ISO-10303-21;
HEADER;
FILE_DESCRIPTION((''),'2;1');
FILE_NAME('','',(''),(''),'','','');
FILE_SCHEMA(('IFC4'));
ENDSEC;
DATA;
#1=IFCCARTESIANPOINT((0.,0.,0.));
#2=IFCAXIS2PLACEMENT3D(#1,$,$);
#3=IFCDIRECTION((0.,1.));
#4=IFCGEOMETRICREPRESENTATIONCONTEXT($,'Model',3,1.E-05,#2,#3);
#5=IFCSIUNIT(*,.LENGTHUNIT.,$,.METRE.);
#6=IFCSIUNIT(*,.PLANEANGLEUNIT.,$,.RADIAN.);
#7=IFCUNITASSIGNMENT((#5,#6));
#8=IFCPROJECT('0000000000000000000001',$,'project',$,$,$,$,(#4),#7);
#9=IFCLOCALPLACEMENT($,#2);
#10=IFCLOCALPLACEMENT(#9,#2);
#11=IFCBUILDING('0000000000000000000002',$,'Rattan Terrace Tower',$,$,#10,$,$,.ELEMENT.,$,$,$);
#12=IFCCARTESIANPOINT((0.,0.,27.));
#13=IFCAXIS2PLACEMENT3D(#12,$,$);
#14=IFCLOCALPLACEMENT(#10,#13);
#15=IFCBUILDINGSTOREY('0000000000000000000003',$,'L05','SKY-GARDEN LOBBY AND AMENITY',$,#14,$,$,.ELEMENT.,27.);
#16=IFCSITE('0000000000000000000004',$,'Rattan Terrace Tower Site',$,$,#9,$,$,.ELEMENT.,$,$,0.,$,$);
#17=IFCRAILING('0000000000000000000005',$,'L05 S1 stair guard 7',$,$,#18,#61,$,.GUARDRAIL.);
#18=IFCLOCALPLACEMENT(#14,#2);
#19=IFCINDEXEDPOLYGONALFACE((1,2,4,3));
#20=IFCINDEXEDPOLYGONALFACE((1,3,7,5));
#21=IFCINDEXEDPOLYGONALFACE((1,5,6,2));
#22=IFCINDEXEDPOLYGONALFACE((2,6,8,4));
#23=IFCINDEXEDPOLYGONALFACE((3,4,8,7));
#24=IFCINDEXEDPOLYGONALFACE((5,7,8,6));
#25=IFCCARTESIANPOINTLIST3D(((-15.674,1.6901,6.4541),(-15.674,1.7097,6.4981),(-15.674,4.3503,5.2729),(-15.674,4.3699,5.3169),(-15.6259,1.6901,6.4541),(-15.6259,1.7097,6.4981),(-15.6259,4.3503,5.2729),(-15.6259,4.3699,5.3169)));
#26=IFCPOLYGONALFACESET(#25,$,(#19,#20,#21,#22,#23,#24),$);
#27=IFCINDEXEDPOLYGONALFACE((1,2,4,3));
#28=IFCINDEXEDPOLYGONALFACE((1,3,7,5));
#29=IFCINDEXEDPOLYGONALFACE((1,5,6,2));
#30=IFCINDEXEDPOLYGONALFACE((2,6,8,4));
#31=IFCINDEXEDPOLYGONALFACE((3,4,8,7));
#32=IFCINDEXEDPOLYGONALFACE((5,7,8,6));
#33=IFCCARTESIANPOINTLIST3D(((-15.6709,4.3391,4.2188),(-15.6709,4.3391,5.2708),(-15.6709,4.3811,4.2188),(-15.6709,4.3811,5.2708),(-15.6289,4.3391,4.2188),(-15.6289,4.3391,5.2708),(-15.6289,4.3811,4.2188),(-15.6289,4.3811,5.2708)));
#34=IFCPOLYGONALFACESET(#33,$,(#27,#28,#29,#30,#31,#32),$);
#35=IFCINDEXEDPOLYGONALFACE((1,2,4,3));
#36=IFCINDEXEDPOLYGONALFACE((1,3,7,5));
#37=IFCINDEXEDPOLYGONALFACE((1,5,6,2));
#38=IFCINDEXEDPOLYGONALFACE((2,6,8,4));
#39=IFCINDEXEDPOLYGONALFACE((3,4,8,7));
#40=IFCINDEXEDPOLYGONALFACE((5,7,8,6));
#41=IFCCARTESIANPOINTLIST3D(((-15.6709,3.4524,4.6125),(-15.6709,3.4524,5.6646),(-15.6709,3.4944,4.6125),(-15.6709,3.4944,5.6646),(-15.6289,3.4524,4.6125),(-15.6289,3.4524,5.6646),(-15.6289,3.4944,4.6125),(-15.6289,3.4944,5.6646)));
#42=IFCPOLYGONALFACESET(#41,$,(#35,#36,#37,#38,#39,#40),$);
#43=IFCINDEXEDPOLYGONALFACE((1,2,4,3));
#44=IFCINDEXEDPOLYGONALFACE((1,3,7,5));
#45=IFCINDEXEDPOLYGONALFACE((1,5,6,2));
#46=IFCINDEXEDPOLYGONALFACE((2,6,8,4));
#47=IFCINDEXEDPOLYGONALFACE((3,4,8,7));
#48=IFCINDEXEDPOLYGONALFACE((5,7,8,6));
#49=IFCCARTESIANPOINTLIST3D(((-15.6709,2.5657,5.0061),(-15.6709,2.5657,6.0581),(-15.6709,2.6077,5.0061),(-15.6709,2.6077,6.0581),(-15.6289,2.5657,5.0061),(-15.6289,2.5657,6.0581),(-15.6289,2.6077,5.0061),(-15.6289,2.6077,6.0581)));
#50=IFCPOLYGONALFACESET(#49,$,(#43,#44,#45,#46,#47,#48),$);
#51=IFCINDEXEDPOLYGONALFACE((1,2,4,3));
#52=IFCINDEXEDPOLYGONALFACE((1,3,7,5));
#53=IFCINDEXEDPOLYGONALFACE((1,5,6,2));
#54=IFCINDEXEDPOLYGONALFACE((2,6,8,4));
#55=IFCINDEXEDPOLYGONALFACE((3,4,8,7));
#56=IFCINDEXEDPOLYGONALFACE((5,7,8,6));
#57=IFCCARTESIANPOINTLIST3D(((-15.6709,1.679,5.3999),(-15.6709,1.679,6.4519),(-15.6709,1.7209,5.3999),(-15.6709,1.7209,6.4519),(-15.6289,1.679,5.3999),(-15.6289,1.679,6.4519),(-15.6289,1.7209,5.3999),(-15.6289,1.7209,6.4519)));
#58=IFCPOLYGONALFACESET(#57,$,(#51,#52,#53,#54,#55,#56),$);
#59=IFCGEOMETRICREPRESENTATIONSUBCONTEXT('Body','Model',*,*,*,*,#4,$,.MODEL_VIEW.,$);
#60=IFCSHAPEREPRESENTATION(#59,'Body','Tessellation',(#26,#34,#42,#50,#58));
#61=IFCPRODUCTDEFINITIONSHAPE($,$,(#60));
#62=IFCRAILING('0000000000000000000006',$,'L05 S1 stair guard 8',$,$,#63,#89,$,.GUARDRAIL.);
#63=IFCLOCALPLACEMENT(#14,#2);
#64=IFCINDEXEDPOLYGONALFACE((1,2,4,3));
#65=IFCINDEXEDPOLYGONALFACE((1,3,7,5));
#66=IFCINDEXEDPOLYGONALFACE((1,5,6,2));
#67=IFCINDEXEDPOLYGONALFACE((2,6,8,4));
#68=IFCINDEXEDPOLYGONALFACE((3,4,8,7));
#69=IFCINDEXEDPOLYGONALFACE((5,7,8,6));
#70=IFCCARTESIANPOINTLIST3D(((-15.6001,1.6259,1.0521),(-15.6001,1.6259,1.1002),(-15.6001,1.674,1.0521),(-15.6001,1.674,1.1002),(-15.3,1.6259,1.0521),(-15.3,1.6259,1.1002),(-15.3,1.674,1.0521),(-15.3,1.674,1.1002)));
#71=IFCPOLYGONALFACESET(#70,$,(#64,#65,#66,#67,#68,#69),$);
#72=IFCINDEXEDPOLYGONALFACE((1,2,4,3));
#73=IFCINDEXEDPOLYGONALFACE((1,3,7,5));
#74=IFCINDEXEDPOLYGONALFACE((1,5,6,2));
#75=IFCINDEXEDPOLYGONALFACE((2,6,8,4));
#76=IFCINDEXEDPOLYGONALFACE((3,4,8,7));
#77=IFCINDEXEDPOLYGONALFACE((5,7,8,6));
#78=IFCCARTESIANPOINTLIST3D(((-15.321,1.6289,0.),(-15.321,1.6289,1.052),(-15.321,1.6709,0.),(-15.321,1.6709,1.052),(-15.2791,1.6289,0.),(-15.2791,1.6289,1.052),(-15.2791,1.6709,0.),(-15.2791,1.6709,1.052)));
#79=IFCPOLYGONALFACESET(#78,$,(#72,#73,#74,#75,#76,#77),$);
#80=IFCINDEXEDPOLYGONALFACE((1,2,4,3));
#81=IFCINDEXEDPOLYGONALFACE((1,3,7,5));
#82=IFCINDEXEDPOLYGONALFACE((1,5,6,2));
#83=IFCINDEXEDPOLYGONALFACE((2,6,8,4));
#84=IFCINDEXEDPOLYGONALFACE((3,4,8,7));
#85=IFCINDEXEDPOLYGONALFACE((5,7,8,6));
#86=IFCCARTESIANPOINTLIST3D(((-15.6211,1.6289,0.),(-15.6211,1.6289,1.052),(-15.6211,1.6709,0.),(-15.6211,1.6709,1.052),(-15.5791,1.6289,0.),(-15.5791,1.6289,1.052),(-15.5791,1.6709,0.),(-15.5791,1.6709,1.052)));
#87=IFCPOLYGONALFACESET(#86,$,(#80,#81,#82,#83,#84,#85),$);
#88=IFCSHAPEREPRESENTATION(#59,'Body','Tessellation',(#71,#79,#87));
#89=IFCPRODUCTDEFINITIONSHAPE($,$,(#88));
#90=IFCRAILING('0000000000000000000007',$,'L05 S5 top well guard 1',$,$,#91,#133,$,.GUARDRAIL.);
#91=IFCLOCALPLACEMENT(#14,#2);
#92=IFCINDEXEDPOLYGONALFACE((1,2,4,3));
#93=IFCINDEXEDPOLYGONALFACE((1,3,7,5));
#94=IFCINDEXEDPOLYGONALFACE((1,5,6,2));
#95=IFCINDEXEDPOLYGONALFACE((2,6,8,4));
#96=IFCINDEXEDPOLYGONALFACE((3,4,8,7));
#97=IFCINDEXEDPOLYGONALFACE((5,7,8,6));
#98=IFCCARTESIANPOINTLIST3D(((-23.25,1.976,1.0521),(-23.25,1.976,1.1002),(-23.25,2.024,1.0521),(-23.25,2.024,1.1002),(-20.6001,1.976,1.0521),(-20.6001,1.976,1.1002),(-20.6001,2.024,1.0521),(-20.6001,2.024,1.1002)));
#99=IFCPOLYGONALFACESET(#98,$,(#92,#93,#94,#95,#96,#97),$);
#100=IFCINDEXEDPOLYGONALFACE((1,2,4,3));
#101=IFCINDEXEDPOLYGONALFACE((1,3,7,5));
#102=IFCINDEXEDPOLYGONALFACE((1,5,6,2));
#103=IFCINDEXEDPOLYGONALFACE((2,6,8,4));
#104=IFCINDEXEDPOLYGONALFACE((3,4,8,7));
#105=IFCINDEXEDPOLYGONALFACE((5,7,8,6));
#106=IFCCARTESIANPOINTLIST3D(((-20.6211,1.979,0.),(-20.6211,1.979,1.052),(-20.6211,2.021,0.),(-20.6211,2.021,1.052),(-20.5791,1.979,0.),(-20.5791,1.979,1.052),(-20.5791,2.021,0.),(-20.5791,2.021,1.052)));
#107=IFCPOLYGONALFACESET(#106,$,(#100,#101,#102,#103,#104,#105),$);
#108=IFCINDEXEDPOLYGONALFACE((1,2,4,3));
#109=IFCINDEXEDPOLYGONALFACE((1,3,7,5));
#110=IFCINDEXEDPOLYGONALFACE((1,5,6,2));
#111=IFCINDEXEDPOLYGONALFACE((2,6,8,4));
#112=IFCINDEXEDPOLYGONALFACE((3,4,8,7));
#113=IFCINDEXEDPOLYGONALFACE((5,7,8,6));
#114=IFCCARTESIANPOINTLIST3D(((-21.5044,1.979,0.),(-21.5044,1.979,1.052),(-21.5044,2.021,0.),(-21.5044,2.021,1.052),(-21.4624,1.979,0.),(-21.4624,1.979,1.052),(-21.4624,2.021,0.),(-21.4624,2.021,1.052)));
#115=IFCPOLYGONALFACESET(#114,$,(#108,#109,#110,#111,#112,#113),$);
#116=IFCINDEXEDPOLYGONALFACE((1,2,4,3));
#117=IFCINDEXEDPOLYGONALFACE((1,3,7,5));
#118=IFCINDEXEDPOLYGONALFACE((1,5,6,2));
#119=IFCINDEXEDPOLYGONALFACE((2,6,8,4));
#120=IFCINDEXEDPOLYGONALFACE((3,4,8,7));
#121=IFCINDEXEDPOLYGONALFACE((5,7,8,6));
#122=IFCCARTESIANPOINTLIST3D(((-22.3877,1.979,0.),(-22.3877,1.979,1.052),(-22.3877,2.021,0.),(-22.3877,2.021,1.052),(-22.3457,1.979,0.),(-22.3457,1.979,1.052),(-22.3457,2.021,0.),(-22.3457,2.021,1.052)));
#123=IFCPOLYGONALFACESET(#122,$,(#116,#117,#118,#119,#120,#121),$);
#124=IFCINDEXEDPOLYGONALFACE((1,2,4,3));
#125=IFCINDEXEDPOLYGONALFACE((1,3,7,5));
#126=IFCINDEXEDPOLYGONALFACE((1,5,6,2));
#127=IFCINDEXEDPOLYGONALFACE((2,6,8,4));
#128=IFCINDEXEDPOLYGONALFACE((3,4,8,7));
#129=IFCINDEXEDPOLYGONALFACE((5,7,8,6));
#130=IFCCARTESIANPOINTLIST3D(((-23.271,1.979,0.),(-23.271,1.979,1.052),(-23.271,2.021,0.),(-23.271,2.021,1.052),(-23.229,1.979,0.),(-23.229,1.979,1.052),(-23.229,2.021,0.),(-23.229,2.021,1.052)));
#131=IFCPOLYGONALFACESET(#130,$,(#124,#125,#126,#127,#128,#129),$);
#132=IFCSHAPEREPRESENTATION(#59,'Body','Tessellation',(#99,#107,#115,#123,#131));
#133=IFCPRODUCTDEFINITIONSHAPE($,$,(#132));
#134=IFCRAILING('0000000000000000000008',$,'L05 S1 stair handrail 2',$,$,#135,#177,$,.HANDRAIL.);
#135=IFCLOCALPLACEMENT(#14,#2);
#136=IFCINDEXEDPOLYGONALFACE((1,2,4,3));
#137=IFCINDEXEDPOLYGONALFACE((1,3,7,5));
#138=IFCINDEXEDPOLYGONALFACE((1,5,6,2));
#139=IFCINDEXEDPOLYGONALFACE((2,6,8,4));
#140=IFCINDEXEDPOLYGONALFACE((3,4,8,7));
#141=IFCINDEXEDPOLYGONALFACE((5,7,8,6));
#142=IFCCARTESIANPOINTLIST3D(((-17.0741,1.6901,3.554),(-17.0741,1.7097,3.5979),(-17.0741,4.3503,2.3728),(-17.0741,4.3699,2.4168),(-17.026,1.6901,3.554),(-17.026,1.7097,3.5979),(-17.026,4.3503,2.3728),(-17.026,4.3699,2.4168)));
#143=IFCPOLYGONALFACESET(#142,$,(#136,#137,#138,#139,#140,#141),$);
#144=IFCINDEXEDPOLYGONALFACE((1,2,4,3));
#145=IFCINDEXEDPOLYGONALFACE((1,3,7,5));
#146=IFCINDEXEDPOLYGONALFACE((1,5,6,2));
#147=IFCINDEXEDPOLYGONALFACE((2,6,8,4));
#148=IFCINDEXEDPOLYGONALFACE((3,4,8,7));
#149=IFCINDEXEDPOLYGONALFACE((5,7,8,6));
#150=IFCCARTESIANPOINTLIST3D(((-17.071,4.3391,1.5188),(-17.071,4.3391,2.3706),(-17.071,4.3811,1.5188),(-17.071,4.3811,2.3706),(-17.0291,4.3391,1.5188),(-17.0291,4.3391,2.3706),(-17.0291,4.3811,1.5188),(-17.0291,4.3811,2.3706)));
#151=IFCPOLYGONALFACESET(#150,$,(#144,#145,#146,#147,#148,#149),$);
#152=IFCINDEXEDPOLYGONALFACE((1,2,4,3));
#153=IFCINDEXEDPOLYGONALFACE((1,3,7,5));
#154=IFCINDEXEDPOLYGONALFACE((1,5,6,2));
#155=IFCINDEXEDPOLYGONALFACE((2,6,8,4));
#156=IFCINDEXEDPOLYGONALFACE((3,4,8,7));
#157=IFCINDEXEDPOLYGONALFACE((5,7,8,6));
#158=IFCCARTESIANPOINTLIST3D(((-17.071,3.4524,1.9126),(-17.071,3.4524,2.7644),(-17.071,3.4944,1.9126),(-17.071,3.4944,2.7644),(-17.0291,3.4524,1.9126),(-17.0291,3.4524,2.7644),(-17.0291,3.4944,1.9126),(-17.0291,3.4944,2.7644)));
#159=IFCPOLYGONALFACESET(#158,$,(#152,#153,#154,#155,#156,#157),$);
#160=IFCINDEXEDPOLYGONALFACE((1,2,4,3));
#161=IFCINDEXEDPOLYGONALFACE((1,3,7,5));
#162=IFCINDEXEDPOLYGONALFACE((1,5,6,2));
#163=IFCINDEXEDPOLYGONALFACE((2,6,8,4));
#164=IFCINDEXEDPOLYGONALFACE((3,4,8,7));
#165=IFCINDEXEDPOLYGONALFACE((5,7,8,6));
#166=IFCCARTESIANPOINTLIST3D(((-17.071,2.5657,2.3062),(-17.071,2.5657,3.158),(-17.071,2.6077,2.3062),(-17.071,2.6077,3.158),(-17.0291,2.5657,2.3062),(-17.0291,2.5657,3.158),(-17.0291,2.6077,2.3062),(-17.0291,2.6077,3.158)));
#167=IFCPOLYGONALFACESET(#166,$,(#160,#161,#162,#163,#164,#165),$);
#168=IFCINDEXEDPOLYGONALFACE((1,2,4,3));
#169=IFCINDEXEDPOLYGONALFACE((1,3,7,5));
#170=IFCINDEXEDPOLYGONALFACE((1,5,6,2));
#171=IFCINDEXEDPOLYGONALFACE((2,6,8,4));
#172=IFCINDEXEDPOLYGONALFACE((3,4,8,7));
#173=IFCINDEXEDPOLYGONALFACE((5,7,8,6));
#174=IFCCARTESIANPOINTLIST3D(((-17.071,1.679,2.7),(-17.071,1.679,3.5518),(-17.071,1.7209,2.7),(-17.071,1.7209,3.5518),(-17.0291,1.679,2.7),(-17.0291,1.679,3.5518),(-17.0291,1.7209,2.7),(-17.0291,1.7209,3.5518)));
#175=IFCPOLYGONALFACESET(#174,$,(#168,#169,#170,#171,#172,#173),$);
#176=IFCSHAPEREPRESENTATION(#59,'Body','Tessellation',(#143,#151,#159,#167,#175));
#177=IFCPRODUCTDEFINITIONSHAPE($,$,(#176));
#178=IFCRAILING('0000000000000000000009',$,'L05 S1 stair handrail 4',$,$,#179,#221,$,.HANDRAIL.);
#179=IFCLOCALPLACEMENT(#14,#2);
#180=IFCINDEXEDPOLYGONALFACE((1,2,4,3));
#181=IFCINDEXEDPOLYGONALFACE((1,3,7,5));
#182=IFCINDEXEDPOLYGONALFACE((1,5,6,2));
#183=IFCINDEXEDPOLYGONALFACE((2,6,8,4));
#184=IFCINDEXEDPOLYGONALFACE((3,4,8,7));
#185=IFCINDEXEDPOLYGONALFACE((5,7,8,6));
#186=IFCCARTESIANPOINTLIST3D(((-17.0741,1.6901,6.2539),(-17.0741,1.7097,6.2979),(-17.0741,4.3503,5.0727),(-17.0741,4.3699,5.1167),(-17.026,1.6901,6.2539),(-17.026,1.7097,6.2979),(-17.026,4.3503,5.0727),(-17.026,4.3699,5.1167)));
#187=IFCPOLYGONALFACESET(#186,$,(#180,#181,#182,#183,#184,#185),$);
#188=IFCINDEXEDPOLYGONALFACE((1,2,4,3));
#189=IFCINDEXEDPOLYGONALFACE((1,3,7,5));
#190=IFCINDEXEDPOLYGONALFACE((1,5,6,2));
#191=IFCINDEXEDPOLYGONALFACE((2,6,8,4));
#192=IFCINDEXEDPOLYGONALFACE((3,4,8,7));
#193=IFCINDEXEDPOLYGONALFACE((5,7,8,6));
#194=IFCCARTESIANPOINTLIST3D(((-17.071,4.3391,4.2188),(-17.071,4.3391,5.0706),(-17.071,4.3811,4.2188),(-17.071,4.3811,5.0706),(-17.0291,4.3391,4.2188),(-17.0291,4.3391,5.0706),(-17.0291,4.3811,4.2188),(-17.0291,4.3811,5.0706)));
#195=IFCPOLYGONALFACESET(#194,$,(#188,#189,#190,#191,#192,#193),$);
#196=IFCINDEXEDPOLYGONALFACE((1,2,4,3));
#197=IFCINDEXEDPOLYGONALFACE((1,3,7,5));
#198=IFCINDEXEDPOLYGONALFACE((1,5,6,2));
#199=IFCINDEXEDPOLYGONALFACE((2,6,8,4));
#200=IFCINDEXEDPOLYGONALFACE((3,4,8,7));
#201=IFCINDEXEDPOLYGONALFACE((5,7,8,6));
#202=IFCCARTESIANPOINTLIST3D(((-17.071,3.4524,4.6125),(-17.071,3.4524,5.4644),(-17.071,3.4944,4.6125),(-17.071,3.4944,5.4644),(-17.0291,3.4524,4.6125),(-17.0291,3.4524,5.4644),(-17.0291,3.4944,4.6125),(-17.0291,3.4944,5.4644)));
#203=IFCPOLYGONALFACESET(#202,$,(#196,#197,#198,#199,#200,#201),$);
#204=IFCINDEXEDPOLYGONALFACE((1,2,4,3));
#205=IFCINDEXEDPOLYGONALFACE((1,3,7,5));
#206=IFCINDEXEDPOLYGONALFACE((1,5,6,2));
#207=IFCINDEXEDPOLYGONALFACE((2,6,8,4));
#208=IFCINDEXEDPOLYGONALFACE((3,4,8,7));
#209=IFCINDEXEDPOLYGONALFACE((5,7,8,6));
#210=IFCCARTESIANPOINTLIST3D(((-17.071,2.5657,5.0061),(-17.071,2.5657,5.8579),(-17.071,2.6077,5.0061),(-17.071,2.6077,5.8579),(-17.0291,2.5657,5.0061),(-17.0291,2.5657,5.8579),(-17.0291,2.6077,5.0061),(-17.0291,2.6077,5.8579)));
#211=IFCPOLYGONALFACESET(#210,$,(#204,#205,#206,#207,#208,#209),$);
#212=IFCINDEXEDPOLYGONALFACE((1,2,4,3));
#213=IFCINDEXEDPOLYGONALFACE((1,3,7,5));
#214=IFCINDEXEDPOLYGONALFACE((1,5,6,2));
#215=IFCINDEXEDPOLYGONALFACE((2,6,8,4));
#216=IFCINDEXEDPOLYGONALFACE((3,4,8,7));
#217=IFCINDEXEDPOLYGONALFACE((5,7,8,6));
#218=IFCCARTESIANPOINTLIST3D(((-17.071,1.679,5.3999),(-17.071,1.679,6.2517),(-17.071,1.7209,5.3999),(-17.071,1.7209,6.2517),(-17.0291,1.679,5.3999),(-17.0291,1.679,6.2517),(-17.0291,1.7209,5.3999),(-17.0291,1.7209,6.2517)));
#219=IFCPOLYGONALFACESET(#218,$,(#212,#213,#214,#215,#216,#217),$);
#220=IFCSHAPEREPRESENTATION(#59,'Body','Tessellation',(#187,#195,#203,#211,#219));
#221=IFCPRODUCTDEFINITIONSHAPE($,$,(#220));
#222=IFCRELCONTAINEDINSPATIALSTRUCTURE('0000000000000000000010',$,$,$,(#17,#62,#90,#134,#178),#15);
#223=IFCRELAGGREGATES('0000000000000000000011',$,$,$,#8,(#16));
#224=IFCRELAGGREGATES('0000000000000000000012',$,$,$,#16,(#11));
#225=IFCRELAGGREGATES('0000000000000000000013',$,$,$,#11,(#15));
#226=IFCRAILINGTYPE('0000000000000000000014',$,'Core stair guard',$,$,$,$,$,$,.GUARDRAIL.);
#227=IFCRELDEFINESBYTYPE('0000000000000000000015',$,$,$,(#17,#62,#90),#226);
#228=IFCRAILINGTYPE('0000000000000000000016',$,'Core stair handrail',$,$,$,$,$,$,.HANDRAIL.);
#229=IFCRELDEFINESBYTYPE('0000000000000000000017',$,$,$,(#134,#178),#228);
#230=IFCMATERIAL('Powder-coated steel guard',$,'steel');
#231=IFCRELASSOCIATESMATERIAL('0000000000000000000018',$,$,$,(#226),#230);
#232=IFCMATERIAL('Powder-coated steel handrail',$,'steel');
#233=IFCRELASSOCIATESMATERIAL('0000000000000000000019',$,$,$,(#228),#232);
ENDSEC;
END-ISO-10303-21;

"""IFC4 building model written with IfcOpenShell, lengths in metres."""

from ifc_helpers import new_model, si_unit, direction, frame, origin, origin_2d, place, context, subcontext, project, spatial, rectangle, extrude, material, type_object, element, save


model = new_model("IFC4")

# Units and contexts
model_context = context("Model", 3, precision=1e-05, world=origin(), true_north=direction((0.0, 1.0)))
body_context = subcontext(model_context, "Body", "Model", "MODEL_VIEW")
ifc_project = project(units=[si_unit("LENGTHUNIT", "METRE"), si_unit("PLANEANGLEUNIT", "RADIAN")], contexts=[model_context])

# Site, building, storey
site_placement = place(None, origin())
site = spatial("IfcSite", under=ifc_project, at=site_placement, Name="Rattan Terrace Tower Site", CompositionType="ELEMENT", RefElevation=0.0)
building_placement = place(site_placement, origin())
building = spatial("IfcBuilding", under=site, at=building_placement, Name="Rattan Terrace Tower", CompositionType="ELEMENT")
storey_placement = place(building_placement, frame((0.0, 0.0, 27.0)))
storey = spatial("IfcBuildingStorey", under=building, at=storey_placement, Name="L05", Description="SKY-GARDEN LOBBY AND AMENITY", CompositionType="ELEMENT", Elevation=27.0)

# Railings
ifc_material_1 = material(Name="Powder-coated steel guard", Category="steel")
railing_type_1 = type_object("IfcRailingType", Name="Core stair guard", PredefinedType="GUARDRAIL", material=ifc_material_1)
railing_1_placement = place(storey_placement, frame((-15.6499, 4.3601, 4.2188)))
element("IfcRailing", 1, at=railing_1_placement, inside=storey, type_object=railing_type_1, Name="L05 S1 stair guard 7", PredefinedType="GUARDRAIL", context=body_context, shape_type="SweptSolid", body=[
    extrude(rectangle(XDim=0.0481, YDim=0.0481, at=origin_2d()), frame((0.0, 0.0, 1.0762), z_axis=(0.0, -0.913957, 0.405812), x_axis=(1.0, 0.0, 0.0)), (0.0, 0.0, 1.0), 2.9106),
    extrude(rectangle(XDim=0.042, YDim=0.042, at=origin_2d()), origin(), (0.0, 0.0, 1.0), 1.052),
    extrude(rectangle(XDim=0.042, YDim=0.042, at=origin_2d()), frame((0.0, -0.8867, 0.3938)), (0.0, 0.0, 1.0), 1.052),
    extrude(rectangle(XDim=0.042, YDim=0.042, at=origin_2d()), frame((0.0, -1.7734, 0.7874)), (0.0, 0.0, 1.0), 1.052),
    extrude(rectangle(XDim=0.042, YDim=0.042, at=origin_2d()), frame((0.0, -2.6602, 1.1812)), (0.0, 0.0, 1.0), 1.052),
])
railing_2_placement = place(storey_placement, frame((-15.3, 1.6499, 0.0)))
element("IfcRailing", 2, at=railing_2_placement, inside=storey, type_object=railing_type_1, Name="L05 S1 stair guard 8", PredefinedType="GUARDRAIL", context=body_context, shape_type="SweptSolid", body=[
    extrude(rectangle(XDim=0.0481, YDim=0.0481, at=origin_2d()), frame((0.0, 0.0, 1.0762), z_axis=(-1.0, 0.0, 0.0), x_axis=(0.0, -1.0, 0.0)), (0.0, 0.0, 1.0), 0.3),
    extrude(rectangle(XDim=0.042, YDim=0.042, at=origin_2d()), origin(), (0.0, 0.0, 1.0), 1.052),
    extrude(rectangle(XDim=0.042, YDim=0.042, at=origin_2d()), frame((-0.3, 0.0, 0.0)), (0.0, 0.0, 1.0), 1.052),
])
railing_3_placement = place(storey_placement, frame((-20.6001, 2.0, 0.0)))
element("IfcRailing", 3, at=railing_3_placement, inside=storey, type_object=railing_type_1, Name="L05 S5 top well guard 1", PredefinedType="GUARDRAIL", context=body_context, shape_type="SweptSolid", body=[
    extrude(rectangle(XDim=0.0481, YDim=0.0481, at=origin_2d()), frame((0.0, 0.0, 1.0762), z_axis=(-1.0, 0.0, 0.0), x_axis=(0.0, -1.0, 0.0)), (0.0, 0.0, 1.0), 2.6499),
    extrude(rectangle(XDim=0.042, YDim=0.042, at=origin_2d()), origin(), (0.0, 0.0, 1.0), 1.052),
    extrude(rectangle(XDim=0.042, YDim=0.042, at=origin_2d()), frame((-0.8833, 0.0, 0.0)), (0.0, 0.0, 1.0), 1.052),
    extrude(rectangle(XDim=0.042, YDim=0.042, at=origin_2d()), frame((-1.7666, 0.0, 0.0)), (0.0, 0.0, 1.0), 1.052),
    extrude(rectangle(XDim=0.042, YDim=0.042, at=origin_2d()), frame((-2.6499, 0.0, 0.0)), (0.0, 0.0, 1.0), 1.052),
])
ifc_material_2 = material(Name="Powder-coated steel handrail", Category="steel")
railing_type_2 = type_object("IfcRailingType", Name="Core stair handrail", PredefinedType="HANDRAIL", material=ifc_material_2)
for number, where, name in (
    (4, (-17.05, 4.3601, 1.5188), "L05 S1 stair handrail 2"),
    (5, (-17.05, 4.3601, 4.2188), "L05 S1 stair handrail 4"),
):
    element("IfcRailing", number, at=place(storey_placement, frame(where)), inside=storey, type_object=railing_type_2, Name=name, PredefinedType="HANDRAIL", context=body_context, shape_type="SweptSolid", body=[
        extrude(rectangle(XDim=0.0481, YDim=0.0481, at=origin_2d()), frame((0.0, 0.0, 0.876), z_axis=(0.0, -0.913957, 0.405812), x_axis=(1.0, 0.0, 0.0)), (0.0, 0.0, 1.0), 2.9106),
        extrude(rectangle(XDim=0.042, YDim=0.042, at=origin_2d()), origin(), (0.0, 0.0, 1.0), 0.8518),
        extrude(rectangle(XDim=0.042, YDim=0.042, at=origin_2d()), frame((0.0, -0.8867, 0.3938)), (0.0, 0.0, 1.0), 0.8518),
        extrude(rectangle(XDim=0.042, YDim=0.042, at=origin_2d()), frame((0.0, -1.7734, 0.7874)), (0.0, 0.0, 1.0), 0.8518),
        extrude(rectangle(XDim=0.042, YDim=0.042, at=origin_2d()), frame((0.0, -2.6602, 1.1812)), (0.0, 0.0, 1.0), 0.8518),
    ])

save(model, "model.ifc")
